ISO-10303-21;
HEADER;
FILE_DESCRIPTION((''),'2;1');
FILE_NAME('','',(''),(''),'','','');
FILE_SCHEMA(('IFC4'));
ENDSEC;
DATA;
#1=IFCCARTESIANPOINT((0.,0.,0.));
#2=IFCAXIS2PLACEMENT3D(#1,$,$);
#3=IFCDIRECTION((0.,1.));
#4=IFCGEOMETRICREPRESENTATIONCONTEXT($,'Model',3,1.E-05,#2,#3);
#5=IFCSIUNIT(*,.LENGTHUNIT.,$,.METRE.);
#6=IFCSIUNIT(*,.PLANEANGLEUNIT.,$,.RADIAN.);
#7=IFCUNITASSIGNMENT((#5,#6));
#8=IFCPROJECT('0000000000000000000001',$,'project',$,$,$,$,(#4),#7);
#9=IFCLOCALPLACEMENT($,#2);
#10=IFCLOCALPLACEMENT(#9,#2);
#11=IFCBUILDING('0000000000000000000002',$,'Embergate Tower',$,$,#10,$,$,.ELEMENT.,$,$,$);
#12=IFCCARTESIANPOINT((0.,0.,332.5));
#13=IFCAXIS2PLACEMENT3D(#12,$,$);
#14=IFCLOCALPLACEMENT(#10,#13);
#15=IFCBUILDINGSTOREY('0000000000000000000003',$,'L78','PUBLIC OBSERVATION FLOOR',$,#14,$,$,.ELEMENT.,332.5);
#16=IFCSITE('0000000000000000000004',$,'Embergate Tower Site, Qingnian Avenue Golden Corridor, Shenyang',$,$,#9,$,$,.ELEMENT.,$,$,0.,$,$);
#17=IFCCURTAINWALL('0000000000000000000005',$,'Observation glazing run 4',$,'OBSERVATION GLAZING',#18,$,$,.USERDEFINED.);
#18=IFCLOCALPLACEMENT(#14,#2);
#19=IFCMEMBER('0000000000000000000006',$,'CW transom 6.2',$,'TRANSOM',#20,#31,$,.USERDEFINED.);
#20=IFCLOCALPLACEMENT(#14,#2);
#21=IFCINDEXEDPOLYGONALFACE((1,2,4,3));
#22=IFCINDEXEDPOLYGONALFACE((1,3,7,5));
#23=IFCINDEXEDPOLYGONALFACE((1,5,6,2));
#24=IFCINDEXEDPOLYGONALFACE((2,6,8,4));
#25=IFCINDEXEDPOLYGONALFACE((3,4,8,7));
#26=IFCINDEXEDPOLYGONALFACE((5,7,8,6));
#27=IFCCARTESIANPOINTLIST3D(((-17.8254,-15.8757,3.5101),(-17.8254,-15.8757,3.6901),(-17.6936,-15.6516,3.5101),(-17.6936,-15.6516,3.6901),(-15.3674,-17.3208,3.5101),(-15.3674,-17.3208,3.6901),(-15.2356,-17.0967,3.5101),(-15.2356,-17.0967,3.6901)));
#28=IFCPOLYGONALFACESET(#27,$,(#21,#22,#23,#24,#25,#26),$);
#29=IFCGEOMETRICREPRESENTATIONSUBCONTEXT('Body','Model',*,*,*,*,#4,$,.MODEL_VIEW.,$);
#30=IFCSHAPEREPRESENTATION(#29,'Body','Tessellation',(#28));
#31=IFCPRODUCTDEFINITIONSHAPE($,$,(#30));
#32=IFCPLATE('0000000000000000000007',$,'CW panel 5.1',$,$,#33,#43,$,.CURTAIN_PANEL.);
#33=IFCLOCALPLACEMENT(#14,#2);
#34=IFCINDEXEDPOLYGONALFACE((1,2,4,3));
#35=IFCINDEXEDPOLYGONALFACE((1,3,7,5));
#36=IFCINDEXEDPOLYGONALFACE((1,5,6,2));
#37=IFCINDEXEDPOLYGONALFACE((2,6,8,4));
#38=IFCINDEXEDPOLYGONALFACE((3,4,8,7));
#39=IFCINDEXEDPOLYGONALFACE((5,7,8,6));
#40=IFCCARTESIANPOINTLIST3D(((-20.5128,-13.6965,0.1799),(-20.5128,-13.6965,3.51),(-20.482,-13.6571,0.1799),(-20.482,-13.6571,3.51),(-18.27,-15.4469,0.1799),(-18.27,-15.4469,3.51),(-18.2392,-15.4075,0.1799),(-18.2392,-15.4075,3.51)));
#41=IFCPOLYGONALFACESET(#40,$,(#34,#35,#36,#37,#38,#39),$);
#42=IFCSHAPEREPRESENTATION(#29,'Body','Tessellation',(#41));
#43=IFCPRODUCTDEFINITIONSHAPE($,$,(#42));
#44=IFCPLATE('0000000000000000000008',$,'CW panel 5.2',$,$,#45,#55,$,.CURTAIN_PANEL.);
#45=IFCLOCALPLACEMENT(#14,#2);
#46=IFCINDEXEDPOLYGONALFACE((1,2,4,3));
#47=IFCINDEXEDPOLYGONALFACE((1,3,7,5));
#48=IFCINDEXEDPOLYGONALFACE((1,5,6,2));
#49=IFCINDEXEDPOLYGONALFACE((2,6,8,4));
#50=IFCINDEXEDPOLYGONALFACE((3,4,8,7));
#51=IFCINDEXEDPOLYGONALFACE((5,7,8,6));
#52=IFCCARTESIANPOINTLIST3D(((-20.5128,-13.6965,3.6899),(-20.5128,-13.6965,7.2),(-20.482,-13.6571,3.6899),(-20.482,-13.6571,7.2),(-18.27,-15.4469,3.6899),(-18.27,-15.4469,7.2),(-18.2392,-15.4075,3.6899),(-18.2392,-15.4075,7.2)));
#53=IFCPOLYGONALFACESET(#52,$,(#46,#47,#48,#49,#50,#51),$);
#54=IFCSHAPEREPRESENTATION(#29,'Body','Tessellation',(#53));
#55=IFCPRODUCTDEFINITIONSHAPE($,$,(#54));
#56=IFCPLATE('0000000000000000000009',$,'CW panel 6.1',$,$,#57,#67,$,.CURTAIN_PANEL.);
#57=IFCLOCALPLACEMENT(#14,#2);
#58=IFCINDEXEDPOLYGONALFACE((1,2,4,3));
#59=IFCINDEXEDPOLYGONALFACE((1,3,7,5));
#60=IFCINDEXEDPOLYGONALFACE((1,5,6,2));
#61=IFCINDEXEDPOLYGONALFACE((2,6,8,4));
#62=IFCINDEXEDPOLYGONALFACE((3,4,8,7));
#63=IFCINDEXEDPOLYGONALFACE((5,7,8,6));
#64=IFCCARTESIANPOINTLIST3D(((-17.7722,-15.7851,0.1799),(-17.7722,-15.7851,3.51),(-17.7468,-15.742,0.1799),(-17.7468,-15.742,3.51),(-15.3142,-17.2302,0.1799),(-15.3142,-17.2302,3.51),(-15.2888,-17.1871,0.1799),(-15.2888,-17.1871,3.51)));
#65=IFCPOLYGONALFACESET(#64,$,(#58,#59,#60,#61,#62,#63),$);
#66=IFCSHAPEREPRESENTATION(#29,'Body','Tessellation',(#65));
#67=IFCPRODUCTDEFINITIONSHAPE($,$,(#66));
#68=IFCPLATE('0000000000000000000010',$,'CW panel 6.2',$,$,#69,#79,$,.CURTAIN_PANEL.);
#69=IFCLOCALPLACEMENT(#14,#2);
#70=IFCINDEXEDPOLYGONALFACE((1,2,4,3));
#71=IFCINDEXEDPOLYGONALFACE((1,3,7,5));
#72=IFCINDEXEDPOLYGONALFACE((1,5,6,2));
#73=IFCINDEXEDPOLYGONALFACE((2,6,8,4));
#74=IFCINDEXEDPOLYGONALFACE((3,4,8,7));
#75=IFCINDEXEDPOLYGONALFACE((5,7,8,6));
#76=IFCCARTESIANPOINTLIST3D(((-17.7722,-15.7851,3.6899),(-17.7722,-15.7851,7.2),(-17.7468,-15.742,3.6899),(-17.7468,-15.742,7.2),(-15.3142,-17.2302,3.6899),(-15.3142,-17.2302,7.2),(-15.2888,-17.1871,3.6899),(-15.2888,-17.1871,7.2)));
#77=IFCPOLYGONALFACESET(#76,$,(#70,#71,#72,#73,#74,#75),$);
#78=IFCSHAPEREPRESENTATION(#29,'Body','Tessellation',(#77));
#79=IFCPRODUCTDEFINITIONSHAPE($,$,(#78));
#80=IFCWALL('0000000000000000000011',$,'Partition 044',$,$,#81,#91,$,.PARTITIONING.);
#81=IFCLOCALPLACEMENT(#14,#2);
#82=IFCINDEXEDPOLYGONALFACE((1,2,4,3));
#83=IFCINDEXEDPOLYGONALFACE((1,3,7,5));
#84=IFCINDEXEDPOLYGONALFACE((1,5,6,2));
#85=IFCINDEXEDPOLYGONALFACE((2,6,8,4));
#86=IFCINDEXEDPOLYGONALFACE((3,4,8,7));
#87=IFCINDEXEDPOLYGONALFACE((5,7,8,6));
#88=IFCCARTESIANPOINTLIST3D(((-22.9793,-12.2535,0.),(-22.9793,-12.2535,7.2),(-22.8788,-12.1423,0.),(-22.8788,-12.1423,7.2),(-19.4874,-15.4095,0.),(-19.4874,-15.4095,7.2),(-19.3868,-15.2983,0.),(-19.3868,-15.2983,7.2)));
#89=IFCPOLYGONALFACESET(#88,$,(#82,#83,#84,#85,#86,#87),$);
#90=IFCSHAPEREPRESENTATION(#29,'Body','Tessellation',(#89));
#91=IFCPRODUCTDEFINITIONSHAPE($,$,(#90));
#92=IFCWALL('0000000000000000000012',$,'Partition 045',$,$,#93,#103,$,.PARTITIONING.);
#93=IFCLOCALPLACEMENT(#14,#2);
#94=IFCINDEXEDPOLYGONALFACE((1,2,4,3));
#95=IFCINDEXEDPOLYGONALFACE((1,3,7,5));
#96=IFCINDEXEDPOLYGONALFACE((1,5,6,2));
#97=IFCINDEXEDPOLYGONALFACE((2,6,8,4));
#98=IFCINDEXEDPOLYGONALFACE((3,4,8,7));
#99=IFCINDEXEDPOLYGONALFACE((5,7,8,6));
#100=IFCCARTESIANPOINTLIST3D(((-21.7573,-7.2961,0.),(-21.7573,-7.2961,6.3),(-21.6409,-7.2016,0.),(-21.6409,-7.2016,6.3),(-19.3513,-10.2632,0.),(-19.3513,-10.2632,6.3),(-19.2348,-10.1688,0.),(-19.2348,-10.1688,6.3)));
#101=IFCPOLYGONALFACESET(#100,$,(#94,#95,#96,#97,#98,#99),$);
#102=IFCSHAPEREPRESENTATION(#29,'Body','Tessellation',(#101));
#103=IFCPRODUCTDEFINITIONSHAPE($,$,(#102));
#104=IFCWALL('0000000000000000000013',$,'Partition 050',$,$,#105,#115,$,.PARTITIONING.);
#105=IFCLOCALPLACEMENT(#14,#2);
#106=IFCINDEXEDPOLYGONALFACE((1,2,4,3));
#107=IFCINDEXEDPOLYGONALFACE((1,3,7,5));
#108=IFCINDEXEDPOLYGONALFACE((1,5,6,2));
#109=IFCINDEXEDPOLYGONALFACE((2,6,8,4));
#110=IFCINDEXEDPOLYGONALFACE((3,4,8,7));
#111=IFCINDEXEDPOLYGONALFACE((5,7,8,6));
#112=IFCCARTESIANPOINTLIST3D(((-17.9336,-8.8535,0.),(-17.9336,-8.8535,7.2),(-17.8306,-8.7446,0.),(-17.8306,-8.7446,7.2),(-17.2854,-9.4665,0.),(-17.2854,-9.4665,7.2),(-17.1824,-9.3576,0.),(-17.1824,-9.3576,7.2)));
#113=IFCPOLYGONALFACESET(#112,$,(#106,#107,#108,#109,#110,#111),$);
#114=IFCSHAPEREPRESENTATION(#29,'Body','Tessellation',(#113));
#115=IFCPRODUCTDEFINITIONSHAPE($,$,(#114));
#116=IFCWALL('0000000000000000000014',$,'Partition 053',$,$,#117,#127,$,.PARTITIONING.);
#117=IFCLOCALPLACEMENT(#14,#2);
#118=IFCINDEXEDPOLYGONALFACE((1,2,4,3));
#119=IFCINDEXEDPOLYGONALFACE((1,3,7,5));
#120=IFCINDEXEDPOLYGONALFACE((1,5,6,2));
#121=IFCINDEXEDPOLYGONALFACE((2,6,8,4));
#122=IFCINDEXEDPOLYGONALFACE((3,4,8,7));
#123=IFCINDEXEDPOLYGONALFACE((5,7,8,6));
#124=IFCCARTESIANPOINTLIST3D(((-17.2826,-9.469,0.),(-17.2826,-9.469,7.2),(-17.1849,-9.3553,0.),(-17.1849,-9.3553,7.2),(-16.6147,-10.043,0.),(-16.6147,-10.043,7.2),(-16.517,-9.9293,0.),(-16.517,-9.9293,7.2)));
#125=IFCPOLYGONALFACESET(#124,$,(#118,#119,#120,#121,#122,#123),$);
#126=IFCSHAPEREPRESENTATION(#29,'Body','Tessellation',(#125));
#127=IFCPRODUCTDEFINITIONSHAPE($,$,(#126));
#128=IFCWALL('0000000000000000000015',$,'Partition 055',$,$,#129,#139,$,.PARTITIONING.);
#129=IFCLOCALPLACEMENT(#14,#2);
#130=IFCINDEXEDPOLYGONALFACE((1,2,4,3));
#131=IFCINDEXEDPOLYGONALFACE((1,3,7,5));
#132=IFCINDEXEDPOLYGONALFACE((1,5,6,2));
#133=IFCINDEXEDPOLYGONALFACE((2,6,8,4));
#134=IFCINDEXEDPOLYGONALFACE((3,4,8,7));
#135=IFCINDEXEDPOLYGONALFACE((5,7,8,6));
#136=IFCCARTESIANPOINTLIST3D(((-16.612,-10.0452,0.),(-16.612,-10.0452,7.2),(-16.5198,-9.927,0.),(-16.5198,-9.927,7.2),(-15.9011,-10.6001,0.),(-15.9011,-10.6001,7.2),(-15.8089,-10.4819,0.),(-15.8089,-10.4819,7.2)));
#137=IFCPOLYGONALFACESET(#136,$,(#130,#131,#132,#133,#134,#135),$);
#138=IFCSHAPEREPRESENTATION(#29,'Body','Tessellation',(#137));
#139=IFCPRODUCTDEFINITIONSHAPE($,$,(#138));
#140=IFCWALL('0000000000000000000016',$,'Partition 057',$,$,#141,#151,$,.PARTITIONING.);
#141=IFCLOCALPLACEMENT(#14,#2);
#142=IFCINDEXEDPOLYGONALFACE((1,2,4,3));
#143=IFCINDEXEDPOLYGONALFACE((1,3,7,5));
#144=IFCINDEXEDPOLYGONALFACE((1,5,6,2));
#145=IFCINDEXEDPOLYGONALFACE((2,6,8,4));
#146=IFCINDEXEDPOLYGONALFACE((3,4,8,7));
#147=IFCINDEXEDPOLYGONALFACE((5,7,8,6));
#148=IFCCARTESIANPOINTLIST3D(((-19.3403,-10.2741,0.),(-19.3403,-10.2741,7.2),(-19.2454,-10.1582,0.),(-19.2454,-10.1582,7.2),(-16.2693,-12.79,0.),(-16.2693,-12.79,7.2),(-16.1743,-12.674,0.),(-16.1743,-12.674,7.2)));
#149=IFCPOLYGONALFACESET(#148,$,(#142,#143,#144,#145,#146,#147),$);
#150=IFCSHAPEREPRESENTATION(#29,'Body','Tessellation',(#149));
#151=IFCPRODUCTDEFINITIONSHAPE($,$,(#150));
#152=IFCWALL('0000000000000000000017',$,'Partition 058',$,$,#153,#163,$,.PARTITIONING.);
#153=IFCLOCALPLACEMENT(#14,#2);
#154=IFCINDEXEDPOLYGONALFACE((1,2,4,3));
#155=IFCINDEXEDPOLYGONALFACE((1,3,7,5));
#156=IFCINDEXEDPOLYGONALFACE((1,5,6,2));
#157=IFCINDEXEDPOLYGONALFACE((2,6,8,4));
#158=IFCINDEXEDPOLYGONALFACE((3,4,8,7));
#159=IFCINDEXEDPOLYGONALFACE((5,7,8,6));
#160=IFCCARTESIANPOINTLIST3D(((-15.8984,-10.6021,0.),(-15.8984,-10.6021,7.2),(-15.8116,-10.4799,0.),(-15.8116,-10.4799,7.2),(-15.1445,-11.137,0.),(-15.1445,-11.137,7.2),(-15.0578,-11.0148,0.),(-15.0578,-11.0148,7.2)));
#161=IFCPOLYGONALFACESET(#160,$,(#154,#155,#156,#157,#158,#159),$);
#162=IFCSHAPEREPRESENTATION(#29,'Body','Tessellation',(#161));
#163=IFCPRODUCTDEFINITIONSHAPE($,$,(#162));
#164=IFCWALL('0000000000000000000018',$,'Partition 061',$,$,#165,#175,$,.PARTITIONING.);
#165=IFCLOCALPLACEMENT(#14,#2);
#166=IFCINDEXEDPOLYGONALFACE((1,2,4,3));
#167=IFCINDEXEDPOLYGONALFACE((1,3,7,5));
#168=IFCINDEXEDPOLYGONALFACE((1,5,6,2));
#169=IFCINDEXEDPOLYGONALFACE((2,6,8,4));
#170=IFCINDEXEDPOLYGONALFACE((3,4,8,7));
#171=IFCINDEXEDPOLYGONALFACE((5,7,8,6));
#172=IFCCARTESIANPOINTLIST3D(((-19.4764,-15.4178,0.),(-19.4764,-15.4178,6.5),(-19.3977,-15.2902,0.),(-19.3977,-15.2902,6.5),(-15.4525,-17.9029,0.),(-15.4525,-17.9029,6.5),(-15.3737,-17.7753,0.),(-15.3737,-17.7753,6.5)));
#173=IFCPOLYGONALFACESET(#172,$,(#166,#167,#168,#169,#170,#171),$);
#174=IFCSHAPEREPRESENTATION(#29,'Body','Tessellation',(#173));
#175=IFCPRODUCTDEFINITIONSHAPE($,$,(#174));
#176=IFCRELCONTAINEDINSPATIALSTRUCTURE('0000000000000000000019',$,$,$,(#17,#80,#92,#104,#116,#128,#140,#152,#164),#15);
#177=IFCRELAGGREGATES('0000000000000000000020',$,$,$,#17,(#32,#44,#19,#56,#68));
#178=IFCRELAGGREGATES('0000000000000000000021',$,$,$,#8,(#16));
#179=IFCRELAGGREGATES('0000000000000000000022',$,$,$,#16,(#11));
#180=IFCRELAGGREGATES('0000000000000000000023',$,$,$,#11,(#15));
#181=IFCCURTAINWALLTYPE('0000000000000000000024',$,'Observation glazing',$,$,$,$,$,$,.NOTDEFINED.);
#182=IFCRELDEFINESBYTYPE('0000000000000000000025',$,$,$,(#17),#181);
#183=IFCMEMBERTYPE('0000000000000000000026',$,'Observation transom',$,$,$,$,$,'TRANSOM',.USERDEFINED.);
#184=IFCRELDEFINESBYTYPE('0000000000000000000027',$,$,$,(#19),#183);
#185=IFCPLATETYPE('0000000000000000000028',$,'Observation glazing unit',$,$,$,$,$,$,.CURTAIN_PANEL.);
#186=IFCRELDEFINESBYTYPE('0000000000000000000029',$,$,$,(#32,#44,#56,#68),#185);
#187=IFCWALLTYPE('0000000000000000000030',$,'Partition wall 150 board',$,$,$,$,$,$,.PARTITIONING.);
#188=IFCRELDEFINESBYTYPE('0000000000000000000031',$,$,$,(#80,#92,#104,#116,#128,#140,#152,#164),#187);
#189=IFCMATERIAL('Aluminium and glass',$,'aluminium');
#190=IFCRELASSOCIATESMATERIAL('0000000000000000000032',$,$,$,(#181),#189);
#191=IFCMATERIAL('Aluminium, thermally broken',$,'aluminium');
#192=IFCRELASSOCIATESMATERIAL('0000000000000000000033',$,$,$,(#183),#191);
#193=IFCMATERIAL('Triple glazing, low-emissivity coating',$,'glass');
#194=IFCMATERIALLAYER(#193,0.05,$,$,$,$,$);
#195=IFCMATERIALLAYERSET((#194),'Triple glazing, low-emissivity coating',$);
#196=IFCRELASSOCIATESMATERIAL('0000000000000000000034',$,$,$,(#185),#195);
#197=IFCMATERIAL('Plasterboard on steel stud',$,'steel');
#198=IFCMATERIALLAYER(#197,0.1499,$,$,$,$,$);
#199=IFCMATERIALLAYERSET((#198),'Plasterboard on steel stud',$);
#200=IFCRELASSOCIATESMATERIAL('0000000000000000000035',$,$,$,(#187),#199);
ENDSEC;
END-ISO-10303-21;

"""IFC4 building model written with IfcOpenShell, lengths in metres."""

from ifc_helpers import new_model, si_unit, direction, frame, frame_2d, origin, origin_2d, place, context, subcontext, project, spatial, rectangle, extrude, source, transform, mapped, material, layer, layer_set, material_profile, profile_set, type_object, element, aggregate, save


model = new_model("IFC4")

# Units and contexts
model_context = context("Model", 3, precision=1e-05, world=origin(), true_north=direction((0.0, 1.0)))
body_context = subcontext(model_context, "Body", "Model", "MODEL_VIEW")
ifc_project = project(units=[si_unit("LENGTHUNIT", "METRE"), si_unit("PLANEANGLEUNIT", "RADIAN")], contexts=[model_context])

# Site, building, storey
site_placement = place(None, origin())
site = spatial("IfcSite", under=ifc_project, at=site_placement, Name="Embergate Tower Site, Qingnian Avenue Golden Corridor, Shenyang", CompositionType="ELEMENT", RefElevation=0.0)
building_placement = place(site_placement, origin())
building = spatial("IfcBuilding", under=site, at=building_placement, Name="Embergate Tower", CompositionType="ELEMENT")
storey_placement = place(building_placement, frame((0.0, 0.0, 332.5)))
storey = spatial("IfcBuildingStorey", under=building, at=storey_placement, Name="L78", Description="PUBLIC OBSERVATION FLOOR", CompositionType="ELEMENT", Elevation=332.5)

# Curtain wall, member, plates
ifc_material_1 = material(Name="Aluminium and glass", Category="aluminium")
curtain_wall_type = type_object("IfcCurtainWallType", Name="Observation glazing", PredefinedType="NOTDEFINED", material=ifc_material_1)
curtain_wall_placement = place(storey_placement, origin())
curtain_wall = element("IfcCurtainWall", 1, at=curtain_wall_placement, inside=storey, type_object=curtain_wall_type, Name="Observation glazing run 4", ObjectType="OBSERVATION GLAZING", PredefinedType="USERDEFINED")
ifc_material_2 = material(Name="Aluminium, thermally broken", Category="aluminium")
ifc_material_profile_1 = material_profile(ifc_material_2, rectangle(XDim=0.26, YDim=0.1799, at=origin_2d()), Name="AL 180x260")
ifc_profile_set_1 = profile_set([ifc_material_profile_1], Name="Aluminium, thermally broken")
member_type_1 = type_object("IfcMemberType", Name="Observation transom", ElementType="TRANSOM", PredefinedType="USERDEFINED", material=ifc_profile_set_1)
shared_shape_1 = source(origin(), body_context, "Body", "SweptSolid", [
    extrude(rectangle(XDim=0.26, YDim=0.1799, at=origin_2d()), origin(), (0.0, 0.0, 1.0), 2.8513),
])
member_1_placement = place(storey_placement, frame((-17.7595, -15.7637, 3.6001), z_axis=(0.86206, -0.506807, 0.0), x_axis=(0.506807, 0.86206, 0.0)))
member_1 = element("IfcMember", 2, at=member_1_placement, type_object=member_type_1, Name="CW transom 6.2", ObjectType="TRANSOM", PredefinedType="USERDEFINED", context=body_context, shape_type="MappedRepresentation", body=[
    mapped(shared_shape_1, transform((0.0, 0.0, 0.0))),
])
ifc_material_3 = material(Name="Triple glazing, low-emissivity coating", Category="glass")
ifc_layer_1 = layer(ifc_material_3, 0.05)
ifc_layer_set_1 = layer_set([ifc_layer_1], Name="Triple glazing, low-emissivity coating")
plate_type = type_object("IfcPlateType", Name="Observation glazing unit", PredefinedType="CURTAIN_PANEL", material=ifc_layer_set_1)
shared_shape_2 = source(origin(), body_context, "Body", "SweptSolid", [
    extrude(rectangle(XDim=2.845, YDim=0.05, at=origin_2d()), origin(), (0.0, 0.0, 1.0), 3.3301),
])
plate_1_placement = place(storey_placement, frame((-19.376, -14.552, 0.1799), z_axis=(0.0, 0.0, 1.0), x_axis=(0.788325, -0.615258, 0.0)))
plate_1 = element("IfcPlate", 3, at=plate_1_placement, type_object=plate_type, Name="CW panel 5.1", PredefinedType="CURTAIN_PANEL", context=body_context, shape_type="MappedRepresentation", body=[
    mapped(shared_shape_2, transform((0.0, 0.0, 0.0))),
])
shared_shape_3 = source(origin(), body_context, "Body", "SweptSolid", [
    extrude(rectangle(XDim=2.845, YDim=0.05, at=origin_2d()), origin(), (0.0, 0.0, 1.0), 3.51),
])
plate_2_placement = place(storey_placement, frame((-19.376, -14.552, 3.6899), z_axis=(0.0, 0.0, 1.0), x_axis=(0.788325, -0.615258, 0.0)))
plate_2 = element("IfcPlate", 4, at=plate_2_placement, type_object=plate_type, Name="CW panel 5.2", PredefinedType="CURTAIN_PANEL", context=body_context, shape_type="MappedRepresentation", body=[
    mapped(shared_shape_3, transform((0.0, 0.0, 0.0))),
])
shared_shape_4 = source(origin(), body_context, "Body", "SweptSolid", [
    extrude(rectangle(XDim=2.8513, YDim=0.05, at=origin_2d()), origin(), (0.0, 0.0, 1.0), 3.3301),
])
plate_3_placement = place(storey_placement, frame((-16.5305, -16.4861, 0.1799), z_axis=(0.0, 0.0, 1.0), x_axis=(0.862057, -0.506812, 0.0)))
plate_3 = element("IfcPlate", 5, at=plate_3_placement, type_object=plate_type, Name="CW panel 6.1", PredefinedType="CURTAIN_PANEL", context=body_context, shape_type="MappedRepresentation", body=[
    mapped(shared_shape_4, transform((0.0, 0.0, 0.0))),
])
shared_shape_5 = source(origin(), body_context, "Body", "SweptSolid", [
    extrude(rectangle(XDim=2.8513, YDim=0.05, at=origin_2d()), origin(), (0.0, 0.0, 1.0), 3.51),
])
plate_4_placement = place(storey_placement, frame((-16.5305, -16.4861, 3.6899), z_axis=(0.0, 0.0, 1.0), x_axis=(0.862057, -0.506812, 0.0)))
plate_4 = element("IfcPlate", 6, at=plate_4_placement, type_object=plate_type, Name="CW panel 6.2", PredefinedType="CURTAIN_PANEL", context=body_context, shape_type="MappedRepresentation", body=[
    mapped(shared_shape_5, transform((0.0, 0.0, 0.0))),
])
aggregate(curtain_wall, [plate_1, plate_2, member_1, plate_3, plate_4])

# Walls
ifc_material_4 = material(Name="Plasterboard on steel stud", Category="steel")
ifc_layer_2 = layer(ifc_material_4, 0.1499)
ifc_layer_set_2 = layer_set([ifc_layer_2], Name="Plasterboard on steel stud")
wall_type = type_object("IfcWallType", Name="Partition wall 150 board", PredefinedType="PARTITIONING", material=ifc_layer_set_2)
shared_shape_6 = source(origin(), body_context, "Body", "SweptSolid", [
    extrude(rectangle(XDim=4.7068, YDim=0.1499, at=frame_2d((2.3535, 0.0))), origin(), (0.0, 0.0, 1.0), 7.2),
])
wall_1_placement = place(storey_placement, frame((-19.437, -15.354, 0.0), z_axis=(0.0, 0.0, 1.0), x_axis=(-0.741892, 0.670519, 0.0)))
element("IfcWall", 7, at=wall_1_placement, inside=storey, type_object=wall_type, Name="Partition 044", PredefinedType="PARTITIONING", context=body_context, shape_type="MappedRepresentation", body=[
    mapped(shared_shape_6, transform((0.0, 0.0, 0.0))),
])
shared_shape_7 = source(origin(), body_context, "Body", "SweptSolid", [
    extrude(rectangle(XDim=3.8201, YDim=0.1499, at=frame_2d((1.9102, 0.0))), origin(), (0.0, 0.0, 1.0), 6.3),
])
wall_2_placement = place(storey_placement, frame((-19.293, -10.2161, 0.0), z_axis=(0.0, 0.0, 1.0), x_axis=(-0.629849, 0.776718, 0.0)))
element("IfcWall", 8, at=wall_2_placement, inside=storey, type_object=wall_type, Name="Partition 045", PredefinedType="PARTITIONING", context=body_context, shape_type="MappedRepresentation", body=[
    mapped(shared_shape_7, transform((0.0, 0.0, 0.0))),
])
shared_shape_8 = source(origin(), body_context, "Body", "SweptSolid", [
    extrude(rectangle(XDim=0.8921, YDim=0.1499, at=frame_2d((0.446, 0.0))), origin(), (0.0, 0.0, 1.0), 7.2),
])
wall_3_placement = place(storey_placement, frame((-17.8821, -8.7991, 0.0), z_axis=(0.0, 0.0, 1.0), x_axis=(0.726535, -0.68713, 0.0)))
element("IfcWall", 9, at=wall_3_placement, inside=storey, type_object=wall_type, Name="Partition 050", PredefinedType="PARTITIONING", context=body_context, shape_type="MappedRepresentation", body=[
    mapped(shared_shape_8, transform((0.0, 0.0, 0.0))),
])
shared_shape_9 = source(origin(), body_context, "Body", "SweptSolid", [
    extrude(rectangle(XDim=0.8806, YDim=0.1499, at=frame_2d((0.4404, 0.0))), origin(), (0.0, 0.0, 1.0), 7.2),
])
wall_4_placement = place(storey_placement, frame((-17.2339, -9.4121, 0.0), z_axis=(0.0, 0.0, 1.0), x_axis=(0.758454, -0.651727, 0.0)))
element("IfcWall", 10, at=wall_4_placement, inside=storey, type_object=wall_type, Name="Partition 053", PredefinedType="PARTITIONING", context=body_context, shape_type="MappedRepresentation", body=[
    mapped(shared_shape_9, transform((0.0, 0.0, 0.0))),
])
shared_shape_10 = source(origin(), body_context, "Body", "SweptSolid", [
    extrude(rectangle(XDim=0.9019, YDim=0.1499, at=frame_2d((0.4509, 0.0))), origin(), (0.0, 0.0, 1.0), 7.2),
])
wall_5_placement = place(storey_placement, frame((-16.5659, -9.9861, 0.0), z_axis=(0.0, 0.0, 1.0), x_axis=(0.788287, -0.615308, 0.0)))
element("IfcWall", 11, at=wall_5_placement, inside=storey, type_object=wall_type, Name="Partition 055", PredefinedType="PARTITIONING", context=body_context, shape_type="MappedRepresentation", body=[
    mapped(shared_shape_10, transform((0.0, 0.0, 0.0))),
])
shared_shape_11 = source(origin(), body_context, "Body", "SweptSolid", [
    extrude(rectangle(XDim=3.97, YDim=0.1499, at=frame_2d((1.9849, 0.0))), origin(), (0.0, 0.0, 1.0), 7.2),
])
wall_6_placement = place(storey_placement, frame((-16.2219, -12.7319, 0.0), z_axis=(0.0, 0.0, 1.0), x_axis=(-0.773563, 0.63372, 0.0)))
element("IfcWall", 12, at=wall_6_placement, inside=storey, type_object=wall_type, Name="Partition 057", PredefinedType="PARTITIONING", context=body_context, shape_type="MappedRepresentation", body=[
    mapped(shared_shape_11, transform((0.0, 0.0, 0.0))),
])
shared_shape_12 = source(origin(), body_context, "Body", "SweptSolid", [
    extrude(rectangle(XDim=0.9243, YDim=0.1499, at=frame_2d((0.4622, 0.0))), origin(), (0.0, 0.0, 1.0), 7.2),
])
wall_7_placement = place(storey_placement, frame((-15.855, -10.541, 0.0), z_axis=(0.0, 0.0, 1.0), x_axis=(0.815567, -0.578662, 0.0)))
element("IfcWall", 13, at=wall_7_placement, inside=storey, type_object=wall_type, Name="Partition 058", PredefinedType="PARTITIONING", context=body_context, shape_type="MappedRepresentation", body=[
    mapped(shared_shape_12, transform((0.0, 0.0, 0.0))),
])
shared_shape_13 = source(origin(), body_context, "Body", "SweptSolid", [
    extrude(rectangle(XDim=4.7295, YDim=0.1499, at=frame_2d((2.3647, 0.0))), origin(), (0.0, 0.0, 1.0), 6.5),
])
wall_8_placement = place(storey_placement, frame((-15.4131, -17.8391, 0.0), z_axis=(0.0, 0.0, 1.0), x_axis=(-0.850822, 0.525453, 0.0)))
element("IfcWall", 14, at=wall_8_placement, inside=storey, type_object=wall_type, Name="Partition 061", PredefinedType="PARTITIONING", context=body_context, shape_type="MappedRepresentation", body=[
    mapped(shared_shape_13, transform((0.0, 0.0, 0.0))),
])

save(model, "model.ifc")
